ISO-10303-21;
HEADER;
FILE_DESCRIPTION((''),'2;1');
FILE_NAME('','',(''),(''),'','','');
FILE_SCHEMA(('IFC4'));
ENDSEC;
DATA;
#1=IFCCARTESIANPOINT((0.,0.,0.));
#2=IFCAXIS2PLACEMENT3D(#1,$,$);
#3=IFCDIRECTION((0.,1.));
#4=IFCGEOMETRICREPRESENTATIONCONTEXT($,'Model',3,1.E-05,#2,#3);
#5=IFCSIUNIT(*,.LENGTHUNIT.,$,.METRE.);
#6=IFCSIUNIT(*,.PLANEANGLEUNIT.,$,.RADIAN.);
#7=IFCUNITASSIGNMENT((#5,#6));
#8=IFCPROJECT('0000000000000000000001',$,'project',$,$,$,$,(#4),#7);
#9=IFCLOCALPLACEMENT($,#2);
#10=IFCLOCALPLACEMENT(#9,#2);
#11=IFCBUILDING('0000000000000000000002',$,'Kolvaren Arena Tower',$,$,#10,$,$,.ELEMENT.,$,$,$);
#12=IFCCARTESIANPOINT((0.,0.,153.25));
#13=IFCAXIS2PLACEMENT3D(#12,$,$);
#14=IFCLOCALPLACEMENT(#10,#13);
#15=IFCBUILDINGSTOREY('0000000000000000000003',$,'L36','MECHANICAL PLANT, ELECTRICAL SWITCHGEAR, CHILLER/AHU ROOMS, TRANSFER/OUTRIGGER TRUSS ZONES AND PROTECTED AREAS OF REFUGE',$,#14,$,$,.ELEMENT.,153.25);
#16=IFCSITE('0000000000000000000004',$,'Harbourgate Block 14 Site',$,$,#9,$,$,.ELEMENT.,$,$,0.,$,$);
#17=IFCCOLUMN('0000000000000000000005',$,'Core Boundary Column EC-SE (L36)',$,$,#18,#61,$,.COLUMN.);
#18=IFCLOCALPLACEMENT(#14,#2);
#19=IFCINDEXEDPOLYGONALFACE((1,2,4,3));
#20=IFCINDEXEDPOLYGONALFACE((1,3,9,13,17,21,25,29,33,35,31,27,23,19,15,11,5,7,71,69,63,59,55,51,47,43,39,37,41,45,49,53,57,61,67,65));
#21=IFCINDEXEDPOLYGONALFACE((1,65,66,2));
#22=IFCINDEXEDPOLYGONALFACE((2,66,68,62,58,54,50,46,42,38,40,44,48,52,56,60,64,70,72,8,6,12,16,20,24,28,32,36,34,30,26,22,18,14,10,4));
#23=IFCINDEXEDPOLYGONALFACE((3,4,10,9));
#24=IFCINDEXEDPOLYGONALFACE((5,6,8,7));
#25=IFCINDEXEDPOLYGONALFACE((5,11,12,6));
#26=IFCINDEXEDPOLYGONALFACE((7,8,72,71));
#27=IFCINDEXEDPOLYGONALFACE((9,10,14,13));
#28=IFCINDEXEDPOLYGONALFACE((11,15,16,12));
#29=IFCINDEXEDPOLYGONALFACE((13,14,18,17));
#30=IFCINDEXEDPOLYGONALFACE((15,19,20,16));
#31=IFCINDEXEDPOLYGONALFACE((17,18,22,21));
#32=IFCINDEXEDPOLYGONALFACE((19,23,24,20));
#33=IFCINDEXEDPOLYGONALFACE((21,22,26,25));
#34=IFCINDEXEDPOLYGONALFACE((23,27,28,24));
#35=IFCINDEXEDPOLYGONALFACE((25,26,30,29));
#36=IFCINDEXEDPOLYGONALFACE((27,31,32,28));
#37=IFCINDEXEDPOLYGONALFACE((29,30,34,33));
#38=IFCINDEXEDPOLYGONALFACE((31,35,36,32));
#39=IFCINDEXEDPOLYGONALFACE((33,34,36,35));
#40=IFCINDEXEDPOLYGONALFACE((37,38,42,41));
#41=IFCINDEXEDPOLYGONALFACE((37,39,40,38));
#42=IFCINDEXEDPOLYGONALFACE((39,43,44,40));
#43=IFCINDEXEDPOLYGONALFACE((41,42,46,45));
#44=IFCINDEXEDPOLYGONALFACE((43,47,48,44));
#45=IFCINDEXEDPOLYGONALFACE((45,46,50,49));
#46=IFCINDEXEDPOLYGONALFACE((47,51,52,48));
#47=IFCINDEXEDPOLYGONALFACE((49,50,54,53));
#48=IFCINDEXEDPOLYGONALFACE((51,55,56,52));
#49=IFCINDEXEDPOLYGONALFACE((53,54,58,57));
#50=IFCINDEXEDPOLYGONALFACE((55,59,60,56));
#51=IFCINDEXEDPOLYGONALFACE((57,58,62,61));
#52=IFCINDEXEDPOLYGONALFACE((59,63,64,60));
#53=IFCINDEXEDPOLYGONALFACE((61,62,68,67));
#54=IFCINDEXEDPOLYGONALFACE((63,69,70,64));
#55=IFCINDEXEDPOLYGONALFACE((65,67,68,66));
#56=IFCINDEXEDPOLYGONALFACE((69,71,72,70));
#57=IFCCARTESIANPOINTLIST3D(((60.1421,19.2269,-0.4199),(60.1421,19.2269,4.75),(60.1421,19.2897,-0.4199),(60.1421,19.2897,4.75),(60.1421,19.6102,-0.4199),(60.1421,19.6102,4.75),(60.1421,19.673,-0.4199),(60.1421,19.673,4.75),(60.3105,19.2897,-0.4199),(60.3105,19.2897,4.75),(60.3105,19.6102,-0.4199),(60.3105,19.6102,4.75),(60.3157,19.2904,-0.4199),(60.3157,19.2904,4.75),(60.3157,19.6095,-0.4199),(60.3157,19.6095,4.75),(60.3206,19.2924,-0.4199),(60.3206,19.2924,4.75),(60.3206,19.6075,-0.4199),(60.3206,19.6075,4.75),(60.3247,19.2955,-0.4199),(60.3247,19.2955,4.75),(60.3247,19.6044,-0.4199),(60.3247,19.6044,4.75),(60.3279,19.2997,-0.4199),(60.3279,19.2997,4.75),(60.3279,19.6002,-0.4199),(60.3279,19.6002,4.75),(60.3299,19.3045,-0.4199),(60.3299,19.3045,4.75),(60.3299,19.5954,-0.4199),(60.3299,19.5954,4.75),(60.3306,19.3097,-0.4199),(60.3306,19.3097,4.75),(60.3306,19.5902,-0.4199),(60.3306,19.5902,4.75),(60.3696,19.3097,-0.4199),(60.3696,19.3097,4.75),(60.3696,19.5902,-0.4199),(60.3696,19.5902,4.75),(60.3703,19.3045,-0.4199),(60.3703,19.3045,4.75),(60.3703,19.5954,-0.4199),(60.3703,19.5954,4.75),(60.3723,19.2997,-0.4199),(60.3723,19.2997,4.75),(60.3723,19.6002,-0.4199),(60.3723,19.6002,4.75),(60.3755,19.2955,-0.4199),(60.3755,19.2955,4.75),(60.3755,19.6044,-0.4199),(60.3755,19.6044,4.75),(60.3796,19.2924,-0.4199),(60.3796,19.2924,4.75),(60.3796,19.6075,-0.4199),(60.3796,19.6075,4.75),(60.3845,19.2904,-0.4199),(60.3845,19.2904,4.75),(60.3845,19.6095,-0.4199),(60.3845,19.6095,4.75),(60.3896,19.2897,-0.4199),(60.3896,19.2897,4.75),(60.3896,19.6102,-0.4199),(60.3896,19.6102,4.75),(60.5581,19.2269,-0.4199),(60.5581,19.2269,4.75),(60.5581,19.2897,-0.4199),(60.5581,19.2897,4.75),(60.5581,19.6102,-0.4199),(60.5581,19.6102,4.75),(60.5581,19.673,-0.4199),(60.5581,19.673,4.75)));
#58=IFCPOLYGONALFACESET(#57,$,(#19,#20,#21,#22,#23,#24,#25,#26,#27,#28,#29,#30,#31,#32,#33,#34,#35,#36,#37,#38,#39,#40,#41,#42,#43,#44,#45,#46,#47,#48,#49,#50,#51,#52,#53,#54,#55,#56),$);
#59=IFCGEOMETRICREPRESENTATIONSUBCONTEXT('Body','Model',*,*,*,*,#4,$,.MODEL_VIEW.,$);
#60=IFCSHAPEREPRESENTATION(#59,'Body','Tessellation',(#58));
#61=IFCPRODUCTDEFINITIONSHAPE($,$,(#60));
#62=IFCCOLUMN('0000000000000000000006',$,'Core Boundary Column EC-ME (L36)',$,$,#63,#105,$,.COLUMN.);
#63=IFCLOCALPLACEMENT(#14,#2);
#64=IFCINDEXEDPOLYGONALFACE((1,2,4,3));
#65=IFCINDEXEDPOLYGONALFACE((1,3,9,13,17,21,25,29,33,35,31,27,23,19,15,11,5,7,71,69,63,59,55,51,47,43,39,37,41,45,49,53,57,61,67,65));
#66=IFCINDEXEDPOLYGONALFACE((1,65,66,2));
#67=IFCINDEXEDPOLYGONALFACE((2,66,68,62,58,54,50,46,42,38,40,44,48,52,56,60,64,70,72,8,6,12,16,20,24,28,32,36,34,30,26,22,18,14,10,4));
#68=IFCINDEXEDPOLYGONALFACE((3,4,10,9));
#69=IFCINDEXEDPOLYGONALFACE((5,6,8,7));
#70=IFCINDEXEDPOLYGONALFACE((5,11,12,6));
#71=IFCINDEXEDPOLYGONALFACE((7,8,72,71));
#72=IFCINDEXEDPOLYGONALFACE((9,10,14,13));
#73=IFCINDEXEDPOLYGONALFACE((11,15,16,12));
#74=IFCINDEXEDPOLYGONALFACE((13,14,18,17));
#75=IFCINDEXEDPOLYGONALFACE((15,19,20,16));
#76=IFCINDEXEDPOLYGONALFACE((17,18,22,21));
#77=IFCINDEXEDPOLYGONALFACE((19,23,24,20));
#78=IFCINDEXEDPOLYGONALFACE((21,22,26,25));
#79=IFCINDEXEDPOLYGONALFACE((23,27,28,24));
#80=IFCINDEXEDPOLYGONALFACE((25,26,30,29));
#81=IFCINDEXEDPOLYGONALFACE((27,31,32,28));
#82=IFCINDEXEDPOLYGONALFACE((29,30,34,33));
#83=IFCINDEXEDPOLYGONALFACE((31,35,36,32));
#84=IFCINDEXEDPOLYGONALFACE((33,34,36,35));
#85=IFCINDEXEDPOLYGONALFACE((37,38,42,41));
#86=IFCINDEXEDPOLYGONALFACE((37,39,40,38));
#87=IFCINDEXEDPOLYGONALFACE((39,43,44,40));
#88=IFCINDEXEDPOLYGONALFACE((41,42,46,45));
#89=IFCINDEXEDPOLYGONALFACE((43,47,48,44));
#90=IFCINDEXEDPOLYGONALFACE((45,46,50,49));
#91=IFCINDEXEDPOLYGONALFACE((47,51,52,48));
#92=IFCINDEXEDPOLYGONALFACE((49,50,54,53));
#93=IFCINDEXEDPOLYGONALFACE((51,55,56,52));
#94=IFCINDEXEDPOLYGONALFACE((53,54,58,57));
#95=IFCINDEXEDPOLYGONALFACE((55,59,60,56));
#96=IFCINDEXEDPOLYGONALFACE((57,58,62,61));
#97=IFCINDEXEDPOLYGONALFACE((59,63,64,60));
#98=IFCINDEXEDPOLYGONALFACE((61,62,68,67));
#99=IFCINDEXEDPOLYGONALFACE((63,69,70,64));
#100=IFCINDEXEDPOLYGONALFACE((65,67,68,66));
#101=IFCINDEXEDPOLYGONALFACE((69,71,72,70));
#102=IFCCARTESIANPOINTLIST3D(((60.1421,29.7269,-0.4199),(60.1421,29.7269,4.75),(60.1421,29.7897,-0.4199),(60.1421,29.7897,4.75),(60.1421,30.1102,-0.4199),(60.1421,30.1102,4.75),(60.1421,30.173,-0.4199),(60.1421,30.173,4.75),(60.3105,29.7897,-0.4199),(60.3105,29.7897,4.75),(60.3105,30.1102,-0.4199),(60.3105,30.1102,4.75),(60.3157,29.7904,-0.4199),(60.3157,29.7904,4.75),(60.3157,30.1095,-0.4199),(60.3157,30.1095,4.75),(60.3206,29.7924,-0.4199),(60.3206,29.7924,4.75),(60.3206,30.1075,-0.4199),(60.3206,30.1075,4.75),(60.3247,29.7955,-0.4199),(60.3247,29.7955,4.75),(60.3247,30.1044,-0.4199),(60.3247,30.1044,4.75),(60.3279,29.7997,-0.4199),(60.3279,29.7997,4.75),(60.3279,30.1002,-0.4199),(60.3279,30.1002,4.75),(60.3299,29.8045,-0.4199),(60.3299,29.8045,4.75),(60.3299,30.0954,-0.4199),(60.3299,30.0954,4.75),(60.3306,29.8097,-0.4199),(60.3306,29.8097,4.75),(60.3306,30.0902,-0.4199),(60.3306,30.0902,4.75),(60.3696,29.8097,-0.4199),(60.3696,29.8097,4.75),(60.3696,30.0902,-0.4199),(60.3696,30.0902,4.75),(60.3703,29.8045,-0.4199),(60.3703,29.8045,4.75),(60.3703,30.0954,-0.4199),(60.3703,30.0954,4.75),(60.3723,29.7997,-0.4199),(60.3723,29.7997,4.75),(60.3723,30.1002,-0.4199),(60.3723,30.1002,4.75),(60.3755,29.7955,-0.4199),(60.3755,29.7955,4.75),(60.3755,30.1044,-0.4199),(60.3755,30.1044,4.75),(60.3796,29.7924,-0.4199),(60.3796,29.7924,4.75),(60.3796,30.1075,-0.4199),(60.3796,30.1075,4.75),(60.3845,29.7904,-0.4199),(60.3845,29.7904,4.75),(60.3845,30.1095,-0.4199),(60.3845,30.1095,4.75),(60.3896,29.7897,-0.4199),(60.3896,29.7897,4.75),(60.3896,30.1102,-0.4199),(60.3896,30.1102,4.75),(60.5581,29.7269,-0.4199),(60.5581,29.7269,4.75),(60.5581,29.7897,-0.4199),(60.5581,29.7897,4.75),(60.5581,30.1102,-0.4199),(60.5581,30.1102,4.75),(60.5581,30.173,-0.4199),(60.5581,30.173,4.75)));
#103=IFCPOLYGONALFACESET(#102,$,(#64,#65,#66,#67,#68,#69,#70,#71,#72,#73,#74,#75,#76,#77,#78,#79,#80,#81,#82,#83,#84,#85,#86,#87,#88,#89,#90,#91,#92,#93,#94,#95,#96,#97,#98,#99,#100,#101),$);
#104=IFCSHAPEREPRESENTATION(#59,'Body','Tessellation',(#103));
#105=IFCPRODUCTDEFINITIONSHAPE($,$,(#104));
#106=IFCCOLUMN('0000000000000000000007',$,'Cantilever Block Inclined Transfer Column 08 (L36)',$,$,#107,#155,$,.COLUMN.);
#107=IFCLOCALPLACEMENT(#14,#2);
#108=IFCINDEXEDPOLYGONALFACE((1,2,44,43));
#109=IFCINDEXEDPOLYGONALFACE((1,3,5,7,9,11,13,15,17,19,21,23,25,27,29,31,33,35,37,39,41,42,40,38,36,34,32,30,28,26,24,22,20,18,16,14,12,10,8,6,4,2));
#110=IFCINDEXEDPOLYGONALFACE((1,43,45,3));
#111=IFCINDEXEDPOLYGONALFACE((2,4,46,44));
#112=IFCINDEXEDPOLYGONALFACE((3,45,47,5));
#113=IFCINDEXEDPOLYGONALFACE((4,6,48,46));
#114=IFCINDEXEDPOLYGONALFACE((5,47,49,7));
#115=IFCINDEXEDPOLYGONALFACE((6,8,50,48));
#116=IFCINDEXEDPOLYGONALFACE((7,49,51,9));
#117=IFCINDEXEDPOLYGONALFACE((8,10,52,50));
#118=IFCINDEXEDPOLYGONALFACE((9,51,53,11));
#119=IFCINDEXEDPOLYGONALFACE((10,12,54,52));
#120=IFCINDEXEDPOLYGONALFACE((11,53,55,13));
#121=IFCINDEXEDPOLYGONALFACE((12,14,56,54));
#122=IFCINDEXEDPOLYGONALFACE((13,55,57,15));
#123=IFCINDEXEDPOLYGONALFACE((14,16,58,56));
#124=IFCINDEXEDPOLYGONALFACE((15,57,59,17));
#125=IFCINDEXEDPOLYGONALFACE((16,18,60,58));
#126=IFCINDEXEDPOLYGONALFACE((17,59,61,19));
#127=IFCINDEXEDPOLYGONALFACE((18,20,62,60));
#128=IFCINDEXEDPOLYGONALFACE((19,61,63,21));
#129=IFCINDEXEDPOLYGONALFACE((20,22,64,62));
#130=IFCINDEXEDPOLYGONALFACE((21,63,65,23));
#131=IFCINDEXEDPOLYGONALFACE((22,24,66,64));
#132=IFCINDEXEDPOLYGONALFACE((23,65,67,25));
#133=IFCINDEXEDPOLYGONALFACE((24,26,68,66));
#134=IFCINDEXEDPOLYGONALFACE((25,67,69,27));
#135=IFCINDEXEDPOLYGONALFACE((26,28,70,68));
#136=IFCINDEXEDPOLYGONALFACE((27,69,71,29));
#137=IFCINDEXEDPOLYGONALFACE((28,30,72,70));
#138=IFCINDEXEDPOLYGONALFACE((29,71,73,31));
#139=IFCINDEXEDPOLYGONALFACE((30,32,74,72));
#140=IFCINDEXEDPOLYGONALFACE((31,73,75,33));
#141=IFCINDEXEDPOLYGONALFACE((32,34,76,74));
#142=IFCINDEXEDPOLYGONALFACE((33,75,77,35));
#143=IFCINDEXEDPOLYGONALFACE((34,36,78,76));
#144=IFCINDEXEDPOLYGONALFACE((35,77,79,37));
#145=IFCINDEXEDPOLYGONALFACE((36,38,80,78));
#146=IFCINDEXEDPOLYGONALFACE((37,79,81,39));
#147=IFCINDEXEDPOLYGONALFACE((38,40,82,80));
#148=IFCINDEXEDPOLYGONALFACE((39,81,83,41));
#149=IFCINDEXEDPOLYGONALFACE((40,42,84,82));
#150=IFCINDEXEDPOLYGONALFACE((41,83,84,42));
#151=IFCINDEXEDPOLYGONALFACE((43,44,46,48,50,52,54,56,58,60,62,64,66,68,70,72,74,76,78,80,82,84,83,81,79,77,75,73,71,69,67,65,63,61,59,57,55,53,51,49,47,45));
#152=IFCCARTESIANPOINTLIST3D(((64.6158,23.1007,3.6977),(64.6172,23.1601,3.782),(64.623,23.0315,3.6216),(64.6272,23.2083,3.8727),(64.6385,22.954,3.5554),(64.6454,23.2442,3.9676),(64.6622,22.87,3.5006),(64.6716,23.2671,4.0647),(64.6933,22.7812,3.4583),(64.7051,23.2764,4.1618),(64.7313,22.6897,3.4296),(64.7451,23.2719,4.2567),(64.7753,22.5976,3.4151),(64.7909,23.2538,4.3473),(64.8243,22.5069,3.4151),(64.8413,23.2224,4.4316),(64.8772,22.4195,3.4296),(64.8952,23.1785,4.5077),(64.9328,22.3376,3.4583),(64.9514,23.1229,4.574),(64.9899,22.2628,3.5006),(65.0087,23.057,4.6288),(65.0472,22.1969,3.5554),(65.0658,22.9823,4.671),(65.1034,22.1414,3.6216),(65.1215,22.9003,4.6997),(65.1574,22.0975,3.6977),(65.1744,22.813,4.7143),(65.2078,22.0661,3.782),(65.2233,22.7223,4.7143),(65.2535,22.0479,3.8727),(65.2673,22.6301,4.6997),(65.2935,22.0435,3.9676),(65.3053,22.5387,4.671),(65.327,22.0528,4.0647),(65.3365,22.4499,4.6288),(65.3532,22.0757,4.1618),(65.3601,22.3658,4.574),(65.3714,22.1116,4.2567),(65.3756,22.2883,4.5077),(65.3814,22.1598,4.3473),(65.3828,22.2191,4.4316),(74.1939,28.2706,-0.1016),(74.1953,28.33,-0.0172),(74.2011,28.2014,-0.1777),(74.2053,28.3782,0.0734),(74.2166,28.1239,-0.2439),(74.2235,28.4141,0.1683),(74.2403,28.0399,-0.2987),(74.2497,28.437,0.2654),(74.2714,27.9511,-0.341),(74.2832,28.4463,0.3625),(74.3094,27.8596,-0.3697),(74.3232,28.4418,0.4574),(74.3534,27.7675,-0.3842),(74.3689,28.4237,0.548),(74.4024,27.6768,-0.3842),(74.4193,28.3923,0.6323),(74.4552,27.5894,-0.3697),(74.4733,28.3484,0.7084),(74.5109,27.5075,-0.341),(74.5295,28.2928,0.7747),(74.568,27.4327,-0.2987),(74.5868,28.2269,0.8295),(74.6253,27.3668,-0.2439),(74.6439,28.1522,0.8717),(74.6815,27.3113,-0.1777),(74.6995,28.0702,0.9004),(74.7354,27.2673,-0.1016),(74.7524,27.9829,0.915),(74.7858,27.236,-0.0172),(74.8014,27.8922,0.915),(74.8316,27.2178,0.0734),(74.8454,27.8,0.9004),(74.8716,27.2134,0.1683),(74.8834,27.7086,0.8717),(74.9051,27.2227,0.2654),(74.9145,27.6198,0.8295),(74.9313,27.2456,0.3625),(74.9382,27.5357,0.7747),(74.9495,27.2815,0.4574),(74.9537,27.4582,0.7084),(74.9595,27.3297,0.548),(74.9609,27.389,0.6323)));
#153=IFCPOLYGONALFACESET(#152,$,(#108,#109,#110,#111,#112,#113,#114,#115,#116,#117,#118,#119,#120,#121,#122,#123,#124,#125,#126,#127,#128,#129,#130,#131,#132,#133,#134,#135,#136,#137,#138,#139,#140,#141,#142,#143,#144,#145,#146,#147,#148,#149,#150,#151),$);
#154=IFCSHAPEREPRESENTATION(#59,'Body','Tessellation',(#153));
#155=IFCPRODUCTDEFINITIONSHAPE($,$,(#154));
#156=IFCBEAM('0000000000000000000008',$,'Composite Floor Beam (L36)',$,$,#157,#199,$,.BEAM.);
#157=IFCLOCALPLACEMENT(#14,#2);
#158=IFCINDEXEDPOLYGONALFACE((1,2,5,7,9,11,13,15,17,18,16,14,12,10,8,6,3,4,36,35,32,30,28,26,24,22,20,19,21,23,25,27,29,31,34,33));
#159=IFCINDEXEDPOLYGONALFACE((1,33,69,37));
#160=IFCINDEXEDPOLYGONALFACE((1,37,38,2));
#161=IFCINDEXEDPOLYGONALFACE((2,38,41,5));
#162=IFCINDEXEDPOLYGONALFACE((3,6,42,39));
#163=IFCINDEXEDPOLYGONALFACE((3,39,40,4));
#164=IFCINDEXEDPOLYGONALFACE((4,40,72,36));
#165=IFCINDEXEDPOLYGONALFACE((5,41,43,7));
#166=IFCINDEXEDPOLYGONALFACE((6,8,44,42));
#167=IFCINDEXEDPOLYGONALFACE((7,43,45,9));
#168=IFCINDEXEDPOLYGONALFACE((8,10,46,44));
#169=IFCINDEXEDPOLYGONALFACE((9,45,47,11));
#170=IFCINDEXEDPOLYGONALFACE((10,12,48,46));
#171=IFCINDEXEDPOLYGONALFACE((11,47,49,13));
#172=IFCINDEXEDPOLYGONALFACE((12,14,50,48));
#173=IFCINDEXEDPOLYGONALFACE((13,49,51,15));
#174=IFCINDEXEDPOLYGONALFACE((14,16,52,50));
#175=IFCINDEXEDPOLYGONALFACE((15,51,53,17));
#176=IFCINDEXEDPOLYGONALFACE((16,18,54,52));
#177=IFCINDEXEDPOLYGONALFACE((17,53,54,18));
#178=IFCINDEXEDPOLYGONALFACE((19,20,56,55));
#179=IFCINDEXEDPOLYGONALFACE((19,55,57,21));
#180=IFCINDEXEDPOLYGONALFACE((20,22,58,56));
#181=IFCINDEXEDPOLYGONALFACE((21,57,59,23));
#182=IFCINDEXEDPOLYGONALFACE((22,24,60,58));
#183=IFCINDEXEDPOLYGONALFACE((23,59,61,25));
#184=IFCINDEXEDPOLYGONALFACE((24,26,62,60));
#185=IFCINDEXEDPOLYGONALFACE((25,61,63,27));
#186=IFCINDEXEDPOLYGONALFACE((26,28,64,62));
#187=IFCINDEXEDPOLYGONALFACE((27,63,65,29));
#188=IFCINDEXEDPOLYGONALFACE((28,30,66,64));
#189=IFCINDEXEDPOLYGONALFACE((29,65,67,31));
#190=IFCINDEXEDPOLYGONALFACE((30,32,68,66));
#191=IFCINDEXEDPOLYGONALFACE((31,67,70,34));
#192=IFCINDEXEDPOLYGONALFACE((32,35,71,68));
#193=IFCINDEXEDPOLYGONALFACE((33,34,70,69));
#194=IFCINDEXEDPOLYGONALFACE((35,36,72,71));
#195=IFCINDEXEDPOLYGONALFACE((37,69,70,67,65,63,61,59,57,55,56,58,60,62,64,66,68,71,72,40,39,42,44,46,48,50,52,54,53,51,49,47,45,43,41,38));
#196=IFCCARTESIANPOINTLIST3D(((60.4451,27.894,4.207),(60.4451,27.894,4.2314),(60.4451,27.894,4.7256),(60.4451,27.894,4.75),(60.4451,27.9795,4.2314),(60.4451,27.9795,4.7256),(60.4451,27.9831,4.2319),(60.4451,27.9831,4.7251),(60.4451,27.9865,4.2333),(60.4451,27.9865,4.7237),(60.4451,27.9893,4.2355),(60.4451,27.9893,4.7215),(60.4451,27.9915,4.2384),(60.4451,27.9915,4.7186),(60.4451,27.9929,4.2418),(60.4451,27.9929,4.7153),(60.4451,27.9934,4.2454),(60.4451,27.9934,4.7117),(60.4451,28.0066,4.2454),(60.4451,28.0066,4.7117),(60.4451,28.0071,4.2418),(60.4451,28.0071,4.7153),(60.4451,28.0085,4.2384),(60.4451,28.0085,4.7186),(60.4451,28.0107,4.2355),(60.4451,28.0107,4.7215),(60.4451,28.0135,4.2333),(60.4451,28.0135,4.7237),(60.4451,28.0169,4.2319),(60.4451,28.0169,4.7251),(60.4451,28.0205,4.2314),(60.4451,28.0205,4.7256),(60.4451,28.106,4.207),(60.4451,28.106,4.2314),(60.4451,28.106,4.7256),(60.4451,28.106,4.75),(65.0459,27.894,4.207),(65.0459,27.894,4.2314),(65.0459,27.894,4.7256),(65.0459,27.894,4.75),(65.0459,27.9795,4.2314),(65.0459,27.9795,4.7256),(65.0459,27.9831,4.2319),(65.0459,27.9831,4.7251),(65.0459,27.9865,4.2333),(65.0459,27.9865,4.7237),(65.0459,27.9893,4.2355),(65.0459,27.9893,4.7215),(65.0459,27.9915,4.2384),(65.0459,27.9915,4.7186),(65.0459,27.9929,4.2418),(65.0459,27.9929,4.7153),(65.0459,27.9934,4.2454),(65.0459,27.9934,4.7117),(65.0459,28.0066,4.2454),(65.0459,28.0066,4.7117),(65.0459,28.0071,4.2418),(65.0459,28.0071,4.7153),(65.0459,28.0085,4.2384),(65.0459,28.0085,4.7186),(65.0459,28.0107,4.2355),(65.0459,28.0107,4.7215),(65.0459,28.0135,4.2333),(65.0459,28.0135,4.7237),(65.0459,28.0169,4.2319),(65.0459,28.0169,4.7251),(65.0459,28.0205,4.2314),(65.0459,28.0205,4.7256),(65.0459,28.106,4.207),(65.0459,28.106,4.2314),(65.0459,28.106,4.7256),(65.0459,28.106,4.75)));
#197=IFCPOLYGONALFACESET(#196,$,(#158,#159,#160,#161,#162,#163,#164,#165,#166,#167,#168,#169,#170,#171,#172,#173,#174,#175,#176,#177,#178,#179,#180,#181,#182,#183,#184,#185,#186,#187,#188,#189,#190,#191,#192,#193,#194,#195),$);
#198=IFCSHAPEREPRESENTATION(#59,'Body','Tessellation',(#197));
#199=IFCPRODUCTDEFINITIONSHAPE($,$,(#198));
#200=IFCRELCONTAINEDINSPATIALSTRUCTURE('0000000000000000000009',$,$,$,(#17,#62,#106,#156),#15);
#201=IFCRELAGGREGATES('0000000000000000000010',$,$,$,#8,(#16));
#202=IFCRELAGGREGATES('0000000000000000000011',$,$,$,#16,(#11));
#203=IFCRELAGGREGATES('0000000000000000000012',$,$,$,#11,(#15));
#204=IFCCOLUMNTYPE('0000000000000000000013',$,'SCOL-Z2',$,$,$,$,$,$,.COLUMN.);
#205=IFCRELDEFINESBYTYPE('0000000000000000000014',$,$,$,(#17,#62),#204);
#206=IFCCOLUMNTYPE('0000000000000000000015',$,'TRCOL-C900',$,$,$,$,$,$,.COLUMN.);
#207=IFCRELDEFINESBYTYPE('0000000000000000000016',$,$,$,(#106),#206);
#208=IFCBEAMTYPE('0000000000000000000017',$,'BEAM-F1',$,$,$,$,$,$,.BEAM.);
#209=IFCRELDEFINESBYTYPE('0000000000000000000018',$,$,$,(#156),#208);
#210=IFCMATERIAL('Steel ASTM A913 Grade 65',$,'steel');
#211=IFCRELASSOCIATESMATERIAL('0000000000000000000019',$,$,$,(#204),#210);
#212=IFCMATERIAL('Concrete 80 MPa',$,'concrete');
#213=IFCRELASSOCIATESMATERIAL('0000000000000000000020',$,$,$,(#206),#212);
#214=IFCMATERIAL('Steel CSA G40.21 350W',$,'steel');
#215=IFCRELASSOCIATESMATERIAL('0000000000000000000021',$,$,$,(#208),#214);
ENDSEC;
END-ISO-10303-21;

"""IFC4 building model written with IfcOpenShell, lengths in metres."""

from ifc_helpers import new_model, si_unit, direction, frame, origin, origin_2d, place, context, subcontext, project, spatial, circle, i_section, extrude, material, material_profile, profile_set, type_object, element, save


model = new_model("IFC4")

# Units and contexts
model_context = context("Model", 3, precision=1e-05, world=origin(), true_north=direction((0.0, 1.0)))
body_context = subcontext(model_context, "Body", "Model", "MODEL_VIEW")
ifc_project = project(units=[si_unit("LENGTHUNIT", "METRE"), si_unit("PLANEANGLEUNIT", "RADIAN")], contexts=[model_context])

# Site, building, storey
site_placement = place(None, origin())
site = spatial("IfcSite", under=ifc_project, at=site_placement, Name="Harbourgate Block 14 Site", CompositionType="ELEMENT", RefElevation=0.0)
building_placement = place(site_placement, origin())
building = spatial("IfcBuilding", under=site, at=building_placement, Name="Kolvaren Arena Tower", CompositionType="ELEMENT")
storey_placement = place(building_placement, frame((0.0, 0.0, 153.25)))
storey = spatial("IfcBuildingStorey", under=building, at=storey_placement, Name="L36", Description="MECHANICAL PLANT, ELECTRICAL SWITCHGEAR, CHILLER/AHU ROOMS, TRANSFER/OUTRIGGER TRUSS ZONES AND PROTECTED AREAS OF REFUGE", CompositionType="ELEMENT", Elevation=153.25)

# Columns
ifc_material_1 = material(Name="Steel ASTM A913 Grade 65", Category="steel")
ifc_material_profile_1 = material_profile(ifc_material_1, i_section(OverallWidth=0.416, OverallDepth=0.446, WebThickness=0.0391, FlangeThickness=0.0627, FilletRadius=0.02, at=origin_2d()), Name="W360x509")
ifc_profile_set_1 = profile_set([ifc_material_profile_1], Name="Steel ASTM A913 Grade 65")
column_type_1 = type_object("IfcColumnType", Name="SCOL-Z2", PredefinedType="COLUMN", material=ifc_profile_set_1)
for number, where, z_axis, x_axis, name in (
    (1, (60.3501, 19.45, -0.4199), (0.0, 0.0, 1.0), (1.0, 0.0, 0.0), "Core Boundary Column EC-SE (L36)"),
    (2, (60.3501, 29.95, -0.4199), (0.0, 0.0, 1.0), (1.0, 0.0, 0.0), "Core Boundary Column EC-ME (L36)"),
):
    element("IfcColumn", number, at=place(storey_placement, frame(where, z_axis=z_axis, x_axis=x_axis)), inside=storey, type_object=column_type_1, Name=name, PredefinedType="COLUMN", context=body_context, shape_type="SweptSolid", body=[
        extrude(i_section(OverallWidth=0.416, OverallDepth=0.446, WebThickness=0.0391, FlangeThickness=0.0627, FilletRadius=0.02, at=origin_2d()), origin(), (0.0, 0.0, 1.0), 5.1699),
    ])
ifc_material_2 = material(Name="Concrete 80 MPa", Category="concrete")
ifc_material_profile_2 = material_profile(ifc_material_2, circle(Radius=0.6899, at=origin_2d()), Name="RC-CIRC-1380")
ifc_profile_set_2 = profile_set([ifc_material_profile_2], Name="Concrete 80 MPa")
column_type_2 = type_object("IfcColumnType", Name="TRCOL-C900", PredefinedType="COLUMN", material=ifc_profile_set_2)
column_placement = place(storey_placement, frame((74.5774, 27.8298, 0.2654), z_axis=(-0.830831, -0.448452, 0.329562), x_axis=(0.474988, -0.879992, 0.0)))
element("IfcColumn", 3, at=column_placement, inside=storey, type_object=column_type_2, Name="Cantilever Block Inclined Transfer Column 08 (L36)", PredefinedType="COLUMN", context=body_context, shape_type="SweptSolid", body=[
    extrude(circle(Radius=0.6899, at=origin_2d()), origin(), (0.0, 0.0, 1.0), 11.5283),
])

# Beam
ifc_material_3 = material(Name="Steel CSA G40.21 350W", Category="steel")
ifc_material_profile_3 = material_profile(ifc_material_3, i_section(OverallWidth=0.2119, OverallDepth=0.543, WebThickness=0.0132, FlangeThickness=0.0244, FilletRadius=0.0139, at=origin_2d()), Name="W530x150")
ifc_profile_set_3 = profile_set([ifc_material_profile_3], Name="Steel CSA G40.21 350W")
beam_type_1 = type_object("IfcBeamType", Name="BEAM-F1", PredefinedType="BEAM", material=ifc_profile_set_3)
beam_1_placement = place(storey_placement, frame((60.4451, 28.0, 4.4785), z_axis=(1.0, 0.0, 0.0), x_axis=(0.0, 1.0, 0.0)))
element("IfcBeam", 4, at=beam_1_placement, inside=storey, type_object=beam_type_1, Name="Composite Floor Beam (L36)", PredefinedType="BEAM", context=body_context, shape_type="SweptSolid", body=[
    extrude(i_section(OverallWidth=0.2119, OverallDepth=0.543, WebThickness=0.0132, FlangeThickness=0.0244, FilletRadius=0.0139, at=origin_2d()), origin(), (0.0, 0.0, 1.0), 4.6008),
])

save(model, "model.ifc")
